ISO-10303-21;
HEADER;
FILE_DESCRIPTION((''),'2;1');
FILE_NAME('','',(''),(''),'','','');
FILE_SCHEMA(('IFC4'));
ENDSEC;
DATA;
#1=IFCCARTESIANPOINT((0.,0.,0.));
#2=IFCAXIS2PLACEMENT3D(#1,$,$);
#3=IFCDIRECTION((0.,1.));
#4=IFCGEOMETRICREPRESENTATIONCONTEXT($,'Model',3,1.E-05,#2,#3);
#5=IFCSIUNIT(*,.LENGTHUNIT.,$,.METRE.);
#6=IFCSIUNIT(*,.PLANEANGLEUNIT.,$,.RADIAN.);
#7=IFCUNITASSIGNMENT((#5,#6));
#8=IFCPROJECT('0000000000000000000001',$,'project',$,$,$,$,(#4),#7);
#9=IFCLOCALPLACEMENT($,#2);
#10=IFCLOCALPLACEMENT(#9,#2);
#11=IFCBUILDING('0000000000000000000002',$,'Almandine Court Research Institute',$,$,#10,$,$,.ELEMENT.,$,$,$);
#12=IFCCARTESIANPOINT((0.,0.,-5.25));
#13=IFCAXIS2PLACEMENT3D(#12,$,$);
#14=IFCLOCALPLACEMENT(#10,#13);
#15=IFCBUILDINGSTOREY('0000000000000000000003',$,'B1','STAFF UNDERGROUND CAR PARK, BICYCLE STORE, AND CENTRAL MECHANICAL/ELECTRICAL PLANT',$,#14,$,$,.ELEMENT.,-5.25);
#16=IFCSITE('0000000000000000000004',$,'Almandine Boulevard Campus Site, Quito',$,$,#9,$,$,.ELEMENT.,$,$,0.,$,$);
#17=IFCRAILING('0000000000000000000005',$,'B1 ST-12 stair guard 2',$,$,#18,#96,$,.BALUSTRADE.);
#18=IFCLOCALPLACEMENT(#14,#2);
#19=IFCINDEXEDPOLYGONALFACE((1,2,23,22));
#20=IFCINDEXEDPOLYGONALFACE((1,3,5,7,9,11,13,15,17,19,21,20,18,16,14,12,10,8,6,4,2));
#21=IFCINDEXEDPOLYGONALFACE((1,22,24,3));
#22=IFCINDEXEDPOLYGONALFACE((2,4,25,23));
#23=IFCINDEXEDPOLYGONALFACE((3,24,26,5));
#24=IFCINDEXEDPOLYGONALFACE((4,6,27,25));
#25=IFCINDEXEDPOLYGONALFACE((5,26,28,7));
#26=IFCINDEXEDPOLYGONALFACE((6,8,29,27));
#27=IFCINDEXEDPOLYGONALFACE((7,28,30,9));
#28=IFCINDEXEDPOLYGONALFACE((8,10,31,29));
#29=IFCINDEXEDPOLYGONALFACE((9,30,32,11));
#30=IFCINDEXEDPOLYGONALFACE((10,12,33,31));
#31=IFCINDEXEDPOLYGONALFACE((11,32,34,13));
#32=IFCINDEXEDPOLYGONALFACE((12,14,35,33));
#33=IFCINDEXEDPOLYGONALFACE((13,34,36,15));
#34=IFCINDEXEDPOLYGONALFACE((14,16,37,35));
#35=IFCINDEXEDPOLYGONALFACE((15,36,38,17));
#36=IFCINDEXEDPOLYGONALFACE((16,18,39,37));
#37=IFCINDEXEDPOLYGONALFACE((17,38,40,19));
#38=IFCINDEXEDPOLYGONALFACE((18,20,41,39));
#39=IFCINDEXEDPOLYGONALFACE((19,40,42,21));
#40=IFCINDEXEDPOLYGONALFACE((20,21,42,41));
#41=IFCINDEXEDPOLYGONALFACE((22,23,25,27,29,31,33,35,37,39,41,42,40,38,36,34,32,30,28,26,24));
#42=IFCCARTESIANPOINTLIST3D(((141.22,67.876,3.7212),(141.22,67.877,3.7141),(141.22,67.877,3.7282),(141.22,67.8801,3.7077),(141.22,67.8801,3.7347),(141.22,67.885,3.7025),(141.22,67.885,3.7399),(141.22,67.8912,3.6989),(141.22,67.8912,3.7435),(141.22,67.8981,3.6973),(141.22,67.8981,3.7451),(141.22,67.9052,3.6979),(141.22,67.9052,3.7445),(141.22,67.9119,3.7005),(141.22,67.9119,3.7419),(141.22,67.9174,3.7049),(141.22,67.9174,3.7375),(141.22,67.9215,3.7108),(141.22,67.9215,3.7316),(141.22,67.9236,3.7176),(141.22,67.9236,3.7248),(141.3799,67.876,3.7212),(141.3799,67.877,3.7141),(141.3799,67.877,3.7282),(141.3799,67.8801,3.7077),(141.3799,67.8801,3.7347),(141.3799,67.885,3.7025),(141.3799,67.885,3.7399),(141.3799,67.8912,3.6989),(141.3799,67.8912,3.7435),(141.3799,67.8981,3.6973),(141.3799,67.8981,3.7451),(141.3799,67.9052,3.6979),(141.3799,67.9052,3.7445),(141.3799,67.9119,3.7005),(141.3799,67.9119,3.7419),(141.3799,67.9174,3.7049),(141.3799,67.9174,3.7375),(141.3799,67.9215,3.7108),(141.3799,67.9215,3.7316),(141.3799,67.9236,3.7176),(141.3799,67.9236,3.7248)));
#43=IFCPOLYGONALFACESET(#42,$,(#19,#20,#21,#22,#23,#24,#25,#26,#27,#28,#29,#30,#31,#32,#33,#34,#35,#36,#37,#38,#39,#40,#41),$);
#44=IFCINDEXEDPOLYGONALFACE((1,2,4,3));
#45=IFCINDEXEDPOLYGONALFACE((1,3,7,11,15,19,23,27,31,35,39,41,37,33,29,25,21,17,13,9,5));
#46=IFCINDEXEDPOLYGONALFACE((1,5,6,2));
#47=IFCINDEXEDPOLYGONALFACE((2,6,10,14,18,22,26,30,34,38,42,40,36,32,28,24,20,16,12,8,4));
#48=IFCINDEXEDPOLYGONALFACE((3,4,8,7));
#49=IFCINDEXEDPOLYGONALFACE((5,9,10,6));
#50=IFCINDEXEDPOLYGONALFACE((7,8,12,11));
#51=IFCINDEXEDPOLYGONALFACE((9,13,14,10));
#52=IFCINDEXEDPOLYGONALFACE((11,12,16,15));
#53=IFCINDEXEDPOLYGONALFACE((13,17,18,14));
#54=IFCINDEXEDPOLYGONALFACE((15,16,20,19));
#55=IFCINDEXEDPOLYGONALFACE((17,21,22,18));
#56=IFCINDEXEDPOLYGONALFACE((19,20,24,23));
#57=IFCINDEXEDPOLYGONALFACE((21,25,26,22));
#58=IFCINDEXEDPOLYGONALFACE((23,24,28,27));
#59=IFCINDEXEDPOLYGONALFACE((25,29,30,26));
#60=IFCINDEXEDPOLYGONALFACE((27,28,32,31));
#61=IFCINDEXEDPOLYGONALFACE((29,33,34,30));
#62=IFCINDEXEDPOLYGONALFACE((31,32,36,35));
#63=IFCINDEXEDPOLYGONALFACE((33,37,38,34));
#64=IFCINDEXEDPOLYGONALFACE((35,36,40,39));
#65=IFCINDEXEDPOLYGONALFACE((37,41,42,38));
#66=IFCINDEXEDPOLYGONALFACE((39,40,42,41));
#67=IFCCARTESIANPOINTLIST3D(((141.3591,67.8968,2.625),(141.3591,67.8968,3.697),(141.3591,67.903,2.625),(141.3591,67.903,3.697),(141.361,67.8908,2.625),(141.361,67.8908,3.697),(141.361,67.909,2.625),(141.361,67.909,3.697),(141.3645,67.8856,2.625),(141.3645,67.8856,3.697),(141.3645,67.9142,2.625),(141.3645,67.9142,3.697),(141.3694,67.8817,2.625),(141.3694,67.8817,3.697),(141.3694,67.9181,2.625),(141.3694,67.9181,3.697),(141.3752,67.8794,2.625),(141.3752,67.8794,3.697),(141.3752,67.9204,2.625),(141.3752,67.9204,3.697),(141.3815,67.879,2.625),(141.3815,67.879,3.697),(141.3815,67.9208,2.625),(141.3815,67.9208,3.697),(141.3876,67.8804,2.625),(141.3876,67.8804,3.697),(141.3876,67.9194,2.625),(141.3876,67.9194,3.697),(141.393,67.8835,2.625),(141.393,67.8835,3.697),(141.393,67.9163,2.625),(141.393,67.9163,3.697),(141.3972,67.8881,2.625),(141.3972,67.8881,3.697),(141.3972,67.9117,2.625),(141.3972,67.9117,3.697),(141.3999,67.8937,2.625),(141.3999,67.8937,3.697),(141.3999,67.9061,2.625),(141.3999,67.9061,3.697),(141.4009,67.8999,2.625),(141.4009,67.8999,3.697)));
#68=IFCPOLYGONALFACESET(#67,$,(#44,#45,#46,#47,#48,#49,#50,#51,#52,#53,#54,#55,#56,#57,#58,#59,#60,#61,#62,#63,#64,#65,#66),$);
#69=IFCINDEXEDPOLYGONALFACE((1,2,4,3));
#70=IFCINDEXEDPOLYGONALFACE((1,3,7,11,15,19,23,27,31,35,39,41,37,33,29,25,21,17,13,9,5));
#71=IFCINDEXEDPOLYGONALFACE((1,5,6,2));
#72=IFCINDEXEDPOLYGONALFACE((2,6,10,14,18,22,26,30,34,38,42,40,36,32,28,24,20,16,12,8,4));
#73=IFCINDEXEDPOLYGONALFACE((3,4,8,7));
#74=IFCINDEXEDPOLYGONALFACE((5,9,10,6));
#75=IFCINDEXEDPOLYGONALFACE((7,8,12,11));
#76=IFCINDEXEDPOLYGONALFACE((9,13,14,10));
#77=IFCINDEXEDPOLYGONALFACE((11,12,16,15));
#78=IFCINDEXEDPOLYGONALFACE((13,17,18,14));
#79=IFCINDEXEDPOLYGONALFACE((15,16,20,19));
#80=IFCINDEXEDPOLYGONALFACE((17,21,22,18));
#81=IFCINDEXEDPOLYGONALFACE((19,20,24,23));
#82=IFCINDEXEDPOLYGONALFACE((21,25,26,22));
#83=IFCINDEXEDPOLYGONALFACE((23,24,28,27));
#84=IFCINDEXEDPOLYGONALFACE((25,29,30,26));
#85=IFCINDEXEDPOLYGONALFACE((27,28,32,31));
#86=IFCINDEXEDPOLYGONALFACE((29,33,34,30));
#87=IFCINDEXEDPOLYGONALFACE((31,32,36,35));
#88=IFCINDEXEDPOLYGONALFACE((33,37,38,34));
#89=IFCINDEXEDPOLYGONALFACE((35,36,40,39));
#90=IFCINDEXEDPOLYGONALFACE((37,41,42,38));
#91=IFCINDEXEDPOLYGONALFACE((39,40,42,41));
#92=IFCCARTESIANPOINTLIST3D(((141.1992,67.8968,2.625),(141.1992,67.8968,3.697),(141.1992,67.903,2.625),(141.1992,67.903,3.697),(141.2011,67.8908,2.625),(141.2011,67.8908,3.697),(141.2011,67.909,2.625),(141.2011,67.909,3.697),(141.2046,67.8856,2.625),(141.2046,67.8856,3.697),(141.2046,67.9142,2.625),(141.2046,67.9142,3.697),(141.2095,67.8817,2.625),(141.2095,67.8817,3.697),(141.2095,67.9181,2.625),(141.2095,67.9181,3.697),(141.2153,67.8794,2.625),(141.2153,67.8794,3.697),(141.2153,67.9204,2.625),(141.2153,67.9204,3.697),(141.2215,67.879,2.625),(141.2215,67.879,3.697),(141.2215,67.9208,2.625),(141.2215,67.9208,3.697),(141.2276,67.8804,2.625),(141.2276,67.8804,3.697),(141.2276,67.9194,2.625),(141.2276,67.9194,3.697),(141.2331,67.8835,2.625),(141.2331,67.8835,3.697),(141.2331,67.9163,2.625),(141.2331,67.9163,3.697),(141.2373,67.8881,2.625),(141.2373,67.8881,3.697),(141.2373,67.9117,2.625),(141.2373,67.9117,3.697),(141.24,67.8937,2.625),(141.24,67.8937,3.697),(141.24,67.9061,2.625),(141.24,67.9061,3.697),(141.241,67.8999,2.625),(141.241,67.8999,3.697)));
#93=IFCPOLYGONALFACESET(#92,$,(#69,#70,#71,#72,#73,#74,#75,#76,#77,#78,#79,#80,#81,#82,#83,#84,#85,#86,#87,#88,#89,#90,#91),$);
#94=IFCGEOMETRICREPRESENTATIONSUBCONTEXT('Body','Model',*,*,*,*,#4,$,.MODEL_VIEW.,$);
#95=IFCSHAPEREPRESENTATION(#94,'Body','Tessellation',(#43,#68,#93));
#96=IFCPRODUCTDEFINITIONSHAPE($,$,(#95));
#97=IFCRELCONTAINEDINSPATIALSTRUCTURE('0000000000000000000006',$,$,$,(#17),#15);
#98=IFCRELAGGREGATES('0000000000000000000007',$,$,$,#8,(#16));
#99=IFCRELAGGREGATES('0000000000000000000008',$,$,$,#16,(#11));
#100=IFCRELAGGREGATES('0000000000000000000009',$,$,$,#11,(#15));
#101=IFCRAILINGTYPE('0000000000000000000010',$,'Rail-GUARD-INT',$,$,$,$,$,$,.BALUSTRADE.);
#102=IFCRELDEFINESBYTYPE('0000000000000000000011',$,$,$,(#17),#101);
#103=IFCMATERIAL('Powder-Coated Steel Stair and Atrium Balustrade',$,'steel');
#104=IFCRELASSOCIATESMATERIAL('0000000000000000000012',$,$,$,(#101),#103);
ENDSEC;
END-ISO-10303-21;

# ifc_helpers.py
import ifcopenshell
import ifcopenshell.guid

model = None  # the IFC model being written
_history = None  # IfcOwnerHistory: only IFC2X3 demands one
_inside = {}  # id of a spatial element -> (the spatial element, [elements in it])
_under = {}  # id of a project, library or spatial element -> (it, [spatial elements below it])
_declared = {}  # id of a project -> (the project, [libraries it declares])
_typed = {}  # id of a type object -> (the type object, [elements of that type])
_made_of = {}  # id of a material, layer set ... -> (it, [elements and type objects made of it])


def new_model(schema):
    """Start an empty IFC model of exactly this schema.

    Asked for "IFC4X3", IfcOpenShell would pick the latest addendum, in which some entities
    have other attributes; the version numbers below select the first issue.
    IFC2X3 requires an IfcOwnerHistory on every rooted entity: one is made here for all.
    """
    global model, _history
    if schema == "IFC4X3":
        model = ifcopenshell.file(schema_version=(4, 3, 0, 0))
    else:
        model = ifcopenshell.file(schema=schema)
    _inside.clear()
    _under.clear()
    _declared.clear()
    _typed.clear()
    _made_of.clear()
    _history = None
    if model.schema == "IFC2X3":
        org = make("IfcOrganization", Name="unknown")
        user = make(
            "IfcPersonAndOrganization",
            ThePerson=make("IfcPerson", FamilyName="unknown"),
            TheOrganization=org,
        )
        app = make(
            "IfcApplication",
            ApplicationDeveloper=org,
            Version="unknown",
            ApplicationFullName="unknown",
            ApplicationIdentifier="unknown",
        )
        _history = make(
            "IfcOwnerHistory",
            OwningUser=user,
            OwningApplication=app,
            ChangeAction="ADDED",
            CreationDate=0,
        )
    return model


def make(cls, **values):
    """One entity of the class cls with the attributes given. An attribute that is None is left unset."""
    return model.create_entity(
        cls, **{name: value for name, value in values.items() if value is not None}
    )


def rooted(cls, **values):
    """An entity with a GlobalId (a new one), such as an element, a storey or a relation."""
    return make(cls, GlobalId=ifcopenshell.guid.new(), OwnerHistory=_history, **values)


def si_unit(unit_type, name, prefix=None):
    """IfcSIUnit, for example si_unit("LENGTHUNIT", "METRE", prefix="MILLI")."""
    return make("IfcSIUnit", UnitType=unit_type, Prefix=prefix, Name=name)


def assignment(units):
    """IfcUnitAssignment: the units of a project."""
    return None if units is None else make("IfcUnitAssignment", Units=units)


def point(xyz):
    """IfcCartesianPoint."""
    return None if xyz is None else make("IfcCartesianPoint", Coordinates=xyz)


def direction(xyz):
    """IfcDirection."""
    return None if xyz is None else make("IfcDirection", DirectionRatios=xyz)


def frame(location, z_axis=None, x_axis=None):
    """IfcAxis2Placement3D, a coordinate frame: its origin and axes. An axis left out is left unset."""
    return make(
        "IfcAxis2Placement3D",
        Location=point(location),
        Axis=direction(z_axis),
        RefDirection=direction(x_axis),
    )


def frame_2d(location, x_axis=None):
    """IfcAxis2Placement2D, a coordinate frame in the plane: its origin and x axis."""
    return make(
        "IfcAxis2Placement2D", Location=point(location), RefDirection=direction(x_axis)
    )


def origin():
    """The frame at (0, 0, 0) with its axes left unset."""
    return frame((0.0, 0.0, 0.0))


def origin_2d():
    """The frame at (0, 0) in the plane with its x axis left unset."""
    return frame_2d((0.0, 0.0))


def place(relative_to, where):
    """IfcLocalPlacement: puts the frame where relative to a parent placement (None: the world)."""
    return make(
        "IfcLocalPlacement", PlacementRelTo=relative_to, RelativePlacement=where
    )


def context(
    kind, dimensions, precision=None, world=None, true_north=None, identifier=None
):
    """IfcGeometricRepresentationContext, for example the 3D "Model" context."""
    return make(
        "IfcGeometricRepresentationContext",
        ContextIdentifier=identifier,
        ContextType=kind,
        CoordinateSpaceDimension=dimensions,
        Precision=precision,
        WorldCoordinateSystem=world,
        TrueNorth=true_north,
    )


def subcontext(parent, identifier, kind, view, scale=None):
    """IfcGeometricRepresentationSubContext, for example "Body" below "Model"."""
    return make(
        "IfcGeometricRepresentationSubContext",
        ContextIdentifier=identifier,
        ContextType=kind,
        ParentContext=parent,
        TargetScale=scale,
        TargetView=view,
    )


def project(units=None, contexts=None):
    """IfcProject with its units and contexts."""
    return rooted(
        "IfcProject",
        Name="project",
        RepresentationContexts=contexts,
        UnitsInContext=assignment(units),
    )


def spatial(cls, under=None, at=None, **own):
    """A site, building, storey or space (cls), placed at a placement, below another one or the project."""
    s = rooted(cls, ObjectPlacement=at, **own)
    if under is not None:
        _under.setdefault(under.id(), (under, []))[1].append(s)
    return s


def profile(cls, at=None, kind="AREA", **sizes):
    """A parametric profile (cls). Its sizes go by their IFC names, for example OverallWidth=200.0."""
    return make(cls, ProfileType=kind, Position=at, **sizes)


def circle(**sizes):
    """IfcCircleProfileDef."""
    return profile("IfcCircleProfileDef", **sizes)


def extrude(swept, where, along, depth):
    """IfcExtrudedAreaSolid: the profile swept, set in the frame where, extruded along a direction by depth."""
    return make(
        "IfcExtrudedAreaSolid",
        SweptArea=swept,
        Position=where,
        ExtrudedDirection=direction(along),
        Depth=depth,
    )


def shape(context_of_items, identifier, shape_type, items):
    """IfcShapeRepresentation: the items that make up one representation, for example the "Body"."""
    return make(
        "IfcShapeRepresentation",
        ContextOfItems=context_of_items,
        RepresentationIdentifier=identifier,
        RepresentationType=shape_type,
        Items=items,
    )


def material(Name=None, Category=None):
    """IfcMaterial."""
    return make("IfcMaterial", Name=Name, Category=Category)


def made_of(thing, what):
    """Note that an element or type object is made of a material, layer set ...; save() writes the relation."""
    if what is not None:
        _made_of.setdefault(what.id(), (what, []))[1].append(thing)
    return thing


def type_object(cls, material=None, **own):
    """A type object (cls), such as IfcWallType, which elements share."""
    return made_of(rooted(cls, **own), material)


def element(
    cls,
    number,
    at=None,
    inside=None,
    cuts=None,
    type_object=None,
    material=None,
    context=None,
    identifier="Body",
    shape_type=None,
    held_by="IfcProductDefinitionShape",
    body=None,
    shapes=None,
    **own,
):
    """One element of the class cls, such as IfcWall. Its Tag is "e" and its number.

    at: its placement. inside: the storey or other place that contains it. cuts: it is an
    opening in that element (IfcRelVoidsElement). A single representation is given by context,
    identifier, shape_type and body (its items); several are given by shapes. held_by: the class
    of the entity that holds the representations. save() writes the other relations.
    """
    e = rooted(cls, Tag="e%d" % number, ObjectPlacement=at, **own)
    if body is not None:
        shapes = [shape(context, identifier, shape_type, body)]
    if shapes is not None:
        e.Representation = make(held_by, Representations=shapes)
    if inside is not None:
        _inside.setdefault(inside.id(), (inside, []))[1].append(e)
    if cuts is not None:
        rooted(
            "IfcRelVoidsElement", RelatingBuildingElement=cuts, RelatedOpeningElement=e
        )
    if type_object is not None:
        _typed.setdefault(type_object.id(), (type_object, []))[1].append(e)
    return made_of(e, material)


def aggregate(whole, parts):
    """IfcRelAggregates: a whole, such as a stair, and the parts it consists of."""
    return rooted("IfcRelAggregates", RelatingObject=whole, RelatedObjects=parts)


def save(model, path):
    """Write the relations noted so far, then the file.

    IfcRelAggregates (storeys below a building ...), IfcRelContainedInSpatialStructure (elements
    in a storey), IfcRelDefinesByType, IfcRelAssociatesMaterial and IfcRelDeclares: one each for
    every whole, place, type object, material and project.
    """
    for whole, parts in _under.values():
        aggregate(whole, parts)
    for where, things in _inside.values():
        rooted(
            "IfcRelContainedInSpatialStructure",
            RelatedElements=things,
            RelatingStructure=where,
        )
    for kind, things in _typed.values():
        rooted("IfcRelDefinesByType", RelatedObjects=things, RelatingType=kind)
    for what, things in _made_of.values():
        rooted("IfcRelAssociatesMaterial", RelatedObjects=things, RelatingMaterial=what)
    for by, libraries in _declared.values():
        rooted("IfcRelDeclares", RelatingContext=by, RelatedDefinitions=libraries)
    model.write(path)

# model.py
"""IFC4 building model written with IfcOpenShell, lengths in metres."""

from ifc_helpers import new_model, si_unit, direction, frame, origin, origin_2d, place, context, subcontext, project, spatial, circle, extrude, material, type_object, element, save


model = new_model("IFC4")

# Units and contexts
model_context = context("Model", 3, precision=1e-05, world=origin(), true_north=direction((0.0, 1.0)))
body_context = subcontext(model_context, "Body", "Model", "MODEL_VIEW")
ifc_project = project(units=[si_unit("LENGTHUNIT", "METRE"), si_unit("PLANEANGLEUNIT", "RADIAN")], contexts=[model_context])

# Site, building, storey
site_placement = place(None, origin())
site = spatial("IfcSite", under=ifc_project, at=site_placement, Name="Almandine Boulevard Campus Site, Quito", CompositionType="ELEMENT", RefElevation=0.0)
building_placement = place(site_placement, origin())
building = spatial("IfcBuilding", under=site, at=building_placement, Name="Almandine Court Research Institute", CompositionType="ELEMENT")
storey_placement = place(building_placement, frame((0.0, 0.0, -5.25)))
storey = spatial("IfcBuildingStorey", under=building, at=storey_placement, Name="B1", Description="STAFF UNDERGROUND CAR PARK, BICYCLE STORE, AND CENTRAL MECHANICAL/ELECTRICAL PLANT", CompositionType="ELEMENT", Elevation=-5.25)

# Railing
ifc_material_1 = material(Name="Powder-Coated Steel Stair and Atrium Balustrade", Category="steel")
railing_type_1 = type_object("IfcRailingType", Name="Rail-GUARD-INT", PredefinedType="BALUSTRADE", material=ifc_material_1)
railing_1_placement = place(storey_placement, frame((141.3799, 67.8999, 2.625)))
element("IfcRailing", 1, at=railing_1_placement, inside=storey, type_object=railing_type_1, Name="B1 ST-12 stair guard 2", PredefinedType="BALUSTRADE", context=body_context, shape_type="SweptSolid", body=[
    extrude(circle(Radius=0.0239, at=origin_2d()), frame((0.0, 0.0, 1.0962), z_axis=(-1.0, 0.0, 0.0), x_axis=(0.0, -1.0, 0.0)), (0.0, 0.0, 1.0), 0.1599),
    extrude(circle(Radius=0.021, at=origin_2d()), origin(), (0.0, 0.0, 1.0), 1.072),
    extrude(circle(Radius=0.021, at=origin_2d()), frame((-0.1599, 0.0, 0.0)), (0.0, 0.0, 1.0), 1.072),
])

save(model, "model.ifc")
